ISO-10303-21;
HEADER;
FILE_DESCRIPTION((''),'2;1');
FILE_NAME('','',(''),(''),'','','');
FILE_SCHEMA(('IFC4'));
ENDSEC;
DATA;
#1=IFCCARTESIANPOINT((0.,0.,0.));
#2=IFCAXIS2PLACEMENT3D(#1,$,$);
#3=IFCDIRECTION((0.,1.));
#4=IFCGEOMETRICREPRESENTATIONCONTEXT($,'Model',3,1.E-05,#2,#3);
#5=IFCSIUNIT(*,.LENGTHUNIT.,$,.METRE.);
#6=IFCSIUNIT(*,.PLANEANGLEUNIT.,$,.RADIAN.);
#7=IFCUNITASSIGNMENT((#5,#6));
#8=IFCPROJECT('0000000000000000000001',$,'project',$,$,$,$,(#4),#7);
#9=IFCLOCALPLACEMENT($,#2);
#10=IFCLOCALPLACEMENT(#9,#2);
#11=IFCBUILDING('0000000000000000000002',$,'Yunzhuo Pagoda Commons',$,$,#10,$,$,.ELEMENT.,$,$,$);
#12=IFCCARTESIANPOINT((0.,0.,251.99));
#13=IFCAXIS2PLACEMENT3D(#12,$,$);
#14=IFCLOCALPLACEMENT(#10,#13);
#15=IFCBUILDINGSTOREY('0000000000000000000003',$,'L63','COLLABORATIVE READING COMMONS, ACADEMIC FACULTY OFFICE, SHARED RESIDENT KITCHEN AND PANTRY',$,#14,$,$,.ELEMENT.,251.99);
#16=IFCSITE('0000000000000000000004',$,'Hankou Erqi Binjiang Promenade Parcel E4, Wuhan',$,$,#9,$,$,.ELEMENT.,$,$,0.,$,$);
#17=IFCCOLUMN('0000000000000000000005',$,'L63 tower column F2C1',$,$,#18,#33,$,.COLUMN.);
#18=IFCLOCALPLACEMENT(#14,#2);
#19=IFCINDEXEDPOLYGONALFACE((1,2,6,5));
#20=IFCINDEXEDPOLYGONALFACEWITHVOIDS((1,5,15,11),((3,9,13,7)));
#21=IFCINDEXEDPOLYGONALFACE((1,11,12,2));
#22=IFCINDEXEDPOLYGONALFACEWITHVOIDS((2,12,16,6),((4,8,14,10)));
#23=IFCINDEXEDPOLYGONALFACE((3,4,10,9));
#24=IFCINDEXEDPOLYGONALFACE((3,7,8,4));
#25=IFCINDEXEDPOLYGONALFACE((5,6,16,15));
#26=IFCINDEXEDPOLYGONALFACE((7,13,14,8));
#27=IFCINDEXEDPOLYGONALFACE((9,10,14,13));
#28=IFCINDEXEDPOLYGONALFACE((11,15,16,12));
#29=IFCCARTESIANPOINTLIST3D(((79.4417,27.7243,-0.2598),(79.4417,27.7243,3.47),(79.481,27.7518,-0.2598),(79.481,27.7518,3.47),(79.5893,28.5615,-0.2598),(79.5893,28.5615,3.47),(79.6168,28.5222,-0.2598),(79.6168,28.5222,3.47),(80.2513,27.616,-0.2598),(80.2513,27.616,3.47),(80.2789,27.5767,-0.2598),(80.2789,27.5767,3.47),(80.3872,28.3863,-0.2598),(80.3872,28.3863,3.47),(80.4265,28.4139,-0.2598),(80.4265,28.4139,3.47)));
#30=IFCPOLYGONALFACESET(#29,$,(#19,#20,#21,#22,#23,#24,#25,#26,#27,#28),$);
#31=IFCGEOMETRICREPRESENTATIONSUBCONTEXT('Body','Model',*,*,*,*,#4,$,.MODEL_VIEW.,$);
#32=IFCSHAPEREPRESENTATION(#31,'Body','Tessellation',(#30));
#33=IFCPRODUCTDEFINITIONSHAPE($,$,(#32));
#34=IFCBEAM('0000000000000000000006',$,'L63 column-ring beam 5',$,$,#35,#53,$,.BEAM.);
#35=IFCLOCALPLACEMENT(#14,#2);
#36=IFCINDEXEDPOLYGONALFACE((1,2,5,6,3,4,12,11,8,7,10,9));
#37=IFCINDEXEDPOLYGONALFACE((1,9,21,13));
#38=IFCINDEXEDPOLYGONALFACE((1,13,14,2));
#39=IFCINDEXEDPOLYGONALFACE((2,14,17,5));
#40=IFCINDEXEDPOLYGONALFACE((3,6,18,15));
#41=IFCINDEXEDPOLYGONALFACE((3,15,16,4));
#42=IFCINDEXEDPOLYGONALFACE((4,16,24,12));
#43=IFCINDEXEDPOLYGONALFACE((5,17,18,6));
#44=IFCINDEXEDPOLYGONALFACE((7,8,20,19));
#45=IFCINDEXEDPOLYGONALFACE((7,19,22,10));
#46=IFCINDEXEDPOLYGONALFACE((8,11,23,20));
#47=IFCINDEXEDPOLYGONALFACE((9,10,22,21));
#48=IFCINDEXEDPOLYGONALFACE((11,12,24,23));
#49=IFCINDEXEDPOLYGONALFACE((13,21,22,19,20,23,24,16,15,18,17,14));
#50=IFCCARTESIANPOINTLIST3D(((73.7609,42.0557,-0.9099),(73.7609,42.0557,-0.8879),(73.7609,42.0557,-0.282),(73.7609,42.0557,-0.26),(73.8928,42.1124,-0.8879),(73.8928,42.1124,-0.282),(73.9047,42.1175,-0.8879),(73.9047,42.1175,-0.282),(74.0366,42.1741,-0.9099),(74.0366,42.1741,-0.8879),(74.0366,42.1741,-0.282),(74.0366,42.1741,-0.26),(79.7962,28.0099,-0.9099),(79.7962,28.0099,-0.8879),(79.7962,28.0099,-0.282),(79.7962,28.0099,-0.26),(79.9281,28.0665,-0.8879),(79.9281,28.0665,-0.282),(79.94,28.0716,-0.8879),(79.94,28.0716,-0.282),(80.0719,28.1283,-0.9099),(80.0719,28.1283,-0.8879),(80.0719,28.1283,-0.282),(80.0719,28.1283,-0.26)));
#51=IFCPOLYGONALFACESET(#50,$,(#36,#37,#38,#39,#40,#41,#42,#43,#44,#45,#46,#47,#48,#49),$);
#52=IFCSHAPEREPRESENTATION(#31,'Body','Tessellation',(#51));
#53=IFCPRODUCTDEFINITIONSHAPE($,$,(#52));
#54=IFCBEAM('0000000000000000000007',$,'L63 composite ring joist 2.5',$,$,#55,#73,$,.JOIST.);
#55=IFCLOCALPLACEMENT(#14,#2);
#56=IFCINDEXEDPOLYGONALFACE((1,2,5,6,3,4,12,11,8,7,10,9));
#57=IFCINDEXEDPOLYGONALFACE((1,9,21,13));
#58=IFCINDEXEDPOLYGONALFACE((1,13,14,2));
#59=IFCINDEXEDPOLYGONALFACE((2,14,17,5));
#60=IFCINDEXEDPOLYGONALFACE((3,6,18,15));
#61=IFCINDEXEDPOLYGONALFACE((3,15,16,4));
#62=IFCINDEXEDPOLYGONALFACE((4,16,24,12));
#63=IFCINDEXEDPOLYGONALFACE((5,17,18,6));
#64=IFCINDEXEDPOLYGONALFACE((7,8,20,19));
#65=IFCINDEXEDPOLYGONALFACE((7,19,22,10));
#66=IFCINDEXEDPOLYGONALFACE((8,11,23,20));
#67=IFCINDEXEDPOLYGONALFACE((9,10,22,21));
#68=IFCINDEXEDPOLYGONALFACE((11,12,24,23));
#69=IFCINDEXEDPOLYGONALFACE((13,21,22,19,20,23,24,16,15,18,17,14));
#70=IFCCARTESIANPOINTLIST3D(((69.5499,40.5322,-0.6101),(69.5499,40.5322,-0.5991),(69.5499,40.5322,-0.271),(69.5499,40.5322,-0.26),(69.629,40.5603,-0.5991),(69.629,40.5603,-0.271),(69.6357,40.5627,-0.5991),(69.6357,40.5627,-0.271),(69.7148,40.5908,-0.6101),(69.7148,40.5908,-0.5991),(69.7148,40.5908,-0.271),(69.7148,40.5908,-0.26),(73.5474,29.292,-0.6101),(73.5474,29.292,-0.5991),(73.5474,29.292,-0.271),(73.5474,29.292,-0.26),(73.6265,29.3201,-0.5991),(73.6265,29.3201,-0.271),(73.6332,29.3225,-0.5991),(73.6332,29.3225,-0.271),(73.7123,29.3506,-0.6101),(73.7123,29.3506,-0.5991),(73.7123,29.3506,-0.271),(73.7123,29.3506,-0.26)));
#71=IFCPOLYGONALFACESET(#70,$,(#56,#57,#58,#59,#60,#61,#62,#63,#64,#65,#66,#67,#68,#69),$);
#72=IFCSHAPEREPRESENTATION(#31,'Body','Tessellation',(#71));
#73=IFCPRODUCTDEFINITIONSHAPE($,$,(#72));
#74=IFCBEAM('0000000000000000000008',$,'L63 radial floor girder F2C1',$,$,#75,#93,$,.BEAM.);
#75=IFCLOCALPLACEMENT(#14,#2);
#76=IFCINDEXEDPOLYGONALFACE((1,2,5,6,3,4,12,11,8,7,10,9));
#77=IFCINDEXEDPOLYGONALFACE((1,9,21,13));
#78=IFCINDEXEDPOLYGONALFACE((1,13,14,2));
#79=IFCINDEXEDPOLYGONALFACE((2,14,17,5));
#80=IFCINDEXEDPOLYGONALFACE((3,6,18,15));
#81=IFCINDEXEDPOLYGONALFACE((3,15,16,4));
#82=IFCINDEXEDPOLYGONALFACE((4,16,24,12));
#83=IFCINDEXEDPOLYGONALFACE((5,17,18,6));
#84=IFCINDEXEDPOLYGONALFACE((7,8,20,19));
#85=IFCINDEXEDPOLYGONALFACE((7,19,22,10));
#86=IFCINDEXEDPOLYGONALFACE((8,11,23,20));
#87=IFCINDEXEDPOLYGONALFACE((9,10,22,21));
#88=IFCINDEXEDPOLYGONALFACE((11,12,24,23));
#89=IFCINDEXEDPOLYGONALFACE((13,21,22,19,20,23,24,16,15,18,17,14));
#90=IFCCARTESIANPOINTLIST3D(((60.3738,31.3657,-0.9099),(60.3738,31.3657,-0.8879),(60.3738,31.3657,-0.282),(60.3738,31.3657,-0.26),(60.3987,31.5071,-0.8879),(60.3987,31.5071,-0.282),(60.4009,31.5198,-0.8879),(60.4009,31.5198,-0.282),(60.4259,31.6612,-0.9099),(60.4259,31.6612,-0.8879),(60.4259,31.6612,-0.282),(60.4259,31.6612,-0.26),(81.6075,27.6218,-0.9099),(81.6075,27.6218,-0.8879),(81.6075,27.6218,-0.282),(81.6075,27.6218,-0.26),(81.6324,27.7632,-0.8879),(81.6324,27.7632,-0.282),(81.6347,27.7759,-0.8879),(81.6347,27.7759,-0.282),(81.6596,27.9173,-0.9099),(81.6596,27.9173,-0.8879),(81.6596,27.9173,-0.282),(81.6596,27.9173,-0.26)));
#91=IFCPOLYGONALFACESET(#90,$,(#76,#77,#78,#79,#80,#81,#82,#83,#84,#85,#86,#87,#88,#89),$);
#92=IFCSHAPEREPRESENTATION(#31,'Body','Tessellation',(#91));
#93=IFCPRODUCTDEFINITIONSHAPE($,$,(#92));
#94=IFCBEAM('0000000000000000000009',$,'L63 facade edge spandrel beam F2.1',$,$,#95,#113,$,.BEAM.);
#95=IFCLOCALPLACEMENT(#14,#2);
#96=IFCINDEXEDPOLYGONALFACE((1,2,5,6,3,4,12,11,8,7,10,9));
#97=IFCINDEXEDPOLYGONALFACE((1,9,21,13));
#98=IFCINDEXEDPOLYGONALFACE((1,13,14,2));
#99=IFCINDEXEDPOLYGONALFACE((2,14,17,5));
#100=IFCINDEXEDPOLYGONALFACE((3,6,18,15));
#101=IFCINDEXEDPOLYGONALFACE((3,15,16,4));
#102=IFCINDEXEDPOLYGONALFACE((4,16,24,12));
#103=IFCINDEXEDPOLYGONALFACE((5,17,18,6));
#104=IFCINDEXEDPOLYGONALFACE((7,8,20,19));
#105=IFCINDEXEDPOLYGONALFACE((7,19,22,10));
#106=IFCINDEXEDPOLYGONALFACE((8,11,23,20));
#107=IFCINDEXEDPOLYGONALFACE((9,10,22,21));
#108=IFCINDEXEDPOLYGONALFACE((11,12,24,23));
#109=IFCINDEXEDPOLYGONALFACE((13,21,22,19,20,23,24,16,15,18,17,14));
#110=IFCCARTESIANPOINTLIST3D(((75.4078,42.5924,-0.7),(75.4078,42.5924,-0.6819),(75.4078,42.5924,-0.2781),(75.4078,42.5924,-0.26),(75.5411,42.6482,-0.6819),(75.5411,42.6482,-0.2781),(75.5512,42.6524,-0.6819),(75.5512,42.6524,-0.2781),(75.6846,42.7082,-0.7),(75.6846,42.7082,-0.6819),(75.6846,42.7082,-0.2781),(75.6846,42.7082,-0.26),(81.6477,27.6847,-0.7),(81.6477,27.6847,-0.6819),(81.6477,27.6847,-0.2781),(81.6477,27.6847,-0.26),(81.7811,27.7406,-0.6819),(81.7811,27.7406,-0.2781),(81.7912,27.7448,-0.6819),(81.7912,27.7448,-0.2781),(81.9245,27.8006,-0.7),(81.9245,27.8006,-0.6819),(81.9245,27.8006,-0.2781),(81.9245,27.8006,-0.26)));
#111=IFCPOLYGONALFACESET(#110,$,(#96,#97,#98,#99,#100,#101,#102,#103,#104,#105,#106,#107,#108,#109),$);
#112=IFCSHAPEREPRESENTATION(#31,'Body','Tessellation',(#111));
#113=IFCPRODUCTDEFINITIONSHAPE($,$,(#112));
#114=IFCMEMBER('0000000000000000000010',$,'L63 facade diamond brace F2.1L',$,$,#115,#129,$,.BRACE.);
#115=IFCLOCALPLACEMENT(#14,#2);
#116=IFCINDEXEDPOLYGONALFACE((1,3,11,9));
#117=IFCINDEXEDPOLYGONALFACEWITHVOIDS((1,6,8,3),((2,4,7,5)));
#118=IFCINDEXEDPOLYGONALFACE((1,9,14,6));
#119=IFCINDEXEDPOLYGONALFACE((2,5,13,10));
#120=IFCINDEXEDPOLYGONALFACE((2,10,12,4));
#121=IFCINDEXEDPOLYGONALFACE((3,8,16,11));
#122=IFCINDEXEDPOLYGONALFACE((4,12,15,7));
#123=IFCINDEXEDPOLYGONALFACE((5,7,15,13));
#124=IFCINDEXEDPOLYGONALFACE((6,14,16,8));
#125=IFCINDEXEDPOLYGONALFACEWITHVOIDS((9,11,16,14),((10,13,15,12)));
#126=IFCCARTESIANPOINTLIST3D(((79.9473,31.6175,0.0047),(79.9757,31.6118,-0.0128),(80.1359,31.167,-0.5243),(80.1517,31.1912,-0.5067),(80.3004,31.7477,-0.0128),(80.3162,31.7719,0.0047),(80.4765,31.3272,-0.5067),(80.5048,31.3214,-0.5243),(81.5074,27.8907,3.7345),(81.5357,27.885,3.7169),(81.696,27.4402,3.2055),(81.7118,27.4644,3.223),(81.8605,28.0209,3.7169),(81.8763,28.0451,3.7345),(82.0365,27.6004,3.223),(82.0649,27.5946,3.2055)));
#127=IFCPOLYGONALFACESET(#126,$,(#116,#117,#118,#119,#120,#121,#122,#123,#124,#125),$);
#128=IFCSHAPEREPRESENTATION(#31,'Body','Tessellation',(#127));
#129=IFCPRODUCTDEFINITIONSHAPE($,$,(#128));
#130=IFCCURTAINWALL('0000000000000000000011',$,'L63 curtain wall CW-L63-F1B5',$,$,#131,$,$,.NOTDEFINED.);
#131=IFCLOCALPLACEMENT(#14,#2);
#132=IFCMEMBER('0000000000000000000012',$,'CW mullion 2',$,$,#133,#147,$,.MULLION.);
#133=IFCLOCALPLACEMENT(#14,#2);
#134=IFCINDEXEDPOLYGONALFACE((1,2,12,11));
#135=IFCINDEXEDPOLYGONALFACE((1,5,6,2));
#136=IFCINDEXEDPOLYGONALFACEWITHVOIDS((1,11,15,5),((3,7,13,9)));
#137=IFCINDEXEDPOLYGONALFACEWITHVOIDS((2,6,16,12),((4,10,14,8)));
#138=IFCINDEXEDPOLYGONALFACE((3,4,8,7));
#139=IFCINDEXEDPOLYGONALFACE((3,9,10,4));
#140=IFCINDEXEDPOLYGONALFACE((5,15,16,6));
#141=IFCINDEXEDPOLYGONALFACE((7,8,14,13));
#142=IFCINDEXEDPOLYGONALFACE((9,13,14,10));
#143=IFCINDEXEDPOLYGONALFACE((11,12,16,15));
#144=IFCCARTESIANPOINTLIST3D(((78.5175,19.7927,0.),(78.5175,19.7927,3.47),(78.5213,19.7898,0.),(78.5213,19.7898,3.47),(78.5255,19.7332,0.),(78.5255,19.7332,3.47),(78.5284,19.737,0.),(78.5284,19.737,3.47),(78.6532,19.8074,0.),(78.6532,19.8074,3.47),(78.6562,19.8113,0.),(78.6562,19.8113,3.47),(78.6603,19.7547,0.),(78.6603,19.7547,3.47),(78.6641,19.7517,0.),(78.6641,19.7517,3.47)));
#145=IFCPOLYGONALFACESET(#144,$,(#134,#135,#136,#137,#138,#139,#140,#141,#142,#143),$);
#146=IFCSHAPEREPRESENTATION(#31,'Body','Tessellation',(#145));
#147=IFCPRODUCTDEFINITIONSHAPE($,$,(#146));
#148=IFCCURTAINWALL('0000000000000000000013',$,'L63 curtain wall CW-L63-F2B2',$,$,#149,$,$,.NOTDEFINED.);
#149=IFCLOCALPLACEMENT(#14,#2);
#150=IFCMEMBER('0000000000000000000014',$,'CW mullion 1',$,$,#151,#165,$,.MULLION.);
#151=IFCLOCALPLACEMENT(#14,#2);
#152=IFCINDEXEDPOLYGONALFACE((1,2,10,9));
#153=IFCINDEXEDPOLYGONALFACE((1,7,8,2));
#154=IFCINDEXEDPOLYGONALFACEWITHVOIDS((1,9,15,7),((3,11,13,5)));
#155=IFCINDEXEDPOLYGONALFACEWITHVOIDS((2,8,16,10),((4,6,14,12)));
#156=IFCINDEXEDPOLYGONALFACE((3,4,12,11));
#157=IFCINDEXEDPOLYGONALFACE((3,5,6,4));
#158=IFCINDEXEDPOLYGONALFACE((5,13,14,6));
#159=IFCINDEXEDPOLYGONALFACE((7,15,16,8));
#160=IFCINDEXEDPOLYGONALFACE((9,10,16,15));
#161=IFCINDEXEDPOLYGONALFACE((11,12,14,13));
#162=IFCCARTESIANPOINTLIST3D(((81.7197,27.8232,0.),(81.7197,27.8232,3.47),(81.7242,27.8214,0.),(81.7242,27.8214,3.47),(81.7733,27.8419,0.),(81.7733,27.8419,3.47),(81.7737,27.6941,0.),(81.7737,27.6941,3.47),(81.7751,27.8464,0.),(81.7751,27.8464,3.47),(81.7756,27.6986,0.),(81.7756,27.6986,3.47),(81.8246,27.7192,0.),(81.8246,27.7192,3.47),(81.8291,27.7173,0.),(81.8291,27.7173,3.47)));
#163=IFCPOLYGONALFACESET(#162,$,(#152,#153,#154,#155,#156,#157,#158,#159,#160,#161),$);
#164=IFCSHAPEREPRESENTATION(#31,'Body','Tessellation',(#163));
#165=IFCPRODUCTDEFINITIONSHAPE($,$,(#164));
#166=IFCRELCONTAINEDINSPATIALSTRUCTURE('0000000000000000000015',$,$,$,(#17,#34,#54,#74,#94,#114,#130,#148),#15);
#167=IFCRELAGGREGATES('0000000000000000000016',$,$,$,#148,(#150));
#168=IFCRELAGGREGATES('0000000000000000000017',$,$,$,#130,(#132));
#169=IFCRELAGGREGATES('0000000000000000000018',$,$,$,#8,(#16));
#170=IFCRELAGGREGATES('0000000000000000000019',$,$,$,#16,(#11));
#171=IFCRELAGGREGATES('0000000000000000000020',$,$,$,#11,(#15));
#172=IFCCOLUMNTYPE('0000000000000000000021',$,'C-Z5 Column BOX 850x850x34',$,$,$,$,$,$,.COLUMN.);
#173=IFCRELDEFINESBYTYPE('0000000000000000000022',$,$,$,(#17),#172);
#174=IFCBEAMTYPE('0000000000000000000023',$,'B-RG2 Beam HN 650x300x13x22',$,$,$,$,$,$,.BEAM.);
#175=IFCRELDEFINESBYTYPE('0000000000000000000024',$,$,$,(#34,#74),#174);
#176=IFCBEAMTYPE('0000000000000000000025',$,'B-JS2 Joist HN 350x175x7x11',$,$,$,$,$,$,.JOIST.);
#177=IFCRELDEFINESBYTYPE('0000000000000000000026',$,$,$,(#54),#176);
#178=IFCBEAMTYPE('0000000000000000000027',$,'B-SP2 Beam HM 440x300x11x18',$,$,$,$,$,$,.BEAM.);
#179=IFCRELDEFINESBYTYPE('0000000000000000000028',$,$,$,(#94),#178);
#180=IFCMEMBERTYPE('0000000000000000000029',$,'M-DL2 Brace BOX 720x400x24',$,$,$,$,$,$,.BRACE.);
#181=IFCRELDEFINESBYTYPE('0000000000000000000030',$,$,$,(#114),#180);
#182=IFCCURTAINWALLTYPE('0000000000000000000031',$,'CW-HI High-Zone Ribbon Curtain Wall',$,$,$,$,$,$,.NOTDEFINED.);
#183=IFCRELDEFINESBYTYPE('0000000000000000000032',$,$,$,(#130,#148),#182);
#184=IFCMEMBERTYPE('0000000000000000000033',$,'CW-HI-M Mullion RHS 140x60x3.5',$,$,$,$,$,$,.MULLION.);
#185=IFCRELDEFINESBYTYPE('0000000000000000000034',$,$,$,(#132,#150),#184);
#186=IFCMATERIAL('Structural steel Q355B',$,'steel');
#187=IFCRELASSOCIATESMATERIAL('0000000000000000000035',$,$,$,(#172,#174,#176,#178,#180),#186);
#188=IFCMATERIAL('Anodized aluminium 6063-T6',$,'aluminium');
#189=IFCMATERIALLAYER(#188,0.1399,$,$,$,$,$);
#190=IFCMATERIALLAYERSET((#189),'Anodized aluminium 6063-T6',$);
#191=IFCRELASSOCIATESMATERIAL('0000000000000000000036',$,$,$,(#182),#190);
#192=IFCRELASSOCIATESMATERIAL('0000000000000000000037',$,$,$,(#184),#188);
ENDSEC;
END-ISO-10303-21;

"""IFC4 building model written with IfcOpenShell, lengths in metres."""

from ifc_helpers import new_model, si_unit, direction, frame, origin, origin_2d, place, context, subcontext, project, spatial, hollow_rectangle, i_section, extrude, source, transform, mapped, material, layer, layer_set, material_profile, profile_set, type_object, element, aggregate, save


model = new_model("IFC4")

# Units and contexts
model_context = context("Model", 3, precision=1e-05, world=origin(), true_north=direction((0.0, 1.0)))
body_context = subcontext(model_context, "Body", "Model", "MODEL_VIEW")
ifc_project = project(units=[si_unit("LENGTHUNIT", "METRE"), si_unit("PLANEANGLEUNIT", "RADIAN")], contexts=[model_context])

# Site, building, storey
site_placement = place(None, origin())
site = spatial("IfcSite", under=ifc_project, at=site_placement, Name="Hankou Erqi Binjiang Promenade Parcel E4, Wuhan", CompositionType="ELEMENT", RefElevation=0.0)
building_placement = place(site_placement, origin())
building = spatial("IfcBuilding", under=site, at=building_placement, Name="Yunzhuo Pagoda Commons", CompositionType="ELEMENT")
storey_placement = place(building_placement, frame((0.0, 0.0, 251.99)))
storey = spatial("IfcBuildingStorey", under=building, at=storey_placement, Name="L63", Description="COLLABORATIVE READING COMMONS, ACADEMIC FACULTY OFFICE, SHARED RESIDENT KITCHEN AND PANTRY", CompositionType="ELEMENT", Elevation=251.99)

# Column
ifc_material_1 = material(Name="Structural steel Q355B", Category="steel")
ifc_material_profile_1 = material_profile(ifc_material_1, hollow_rectangle(XDim=0.8501, YDim=0.8501, WallThickness=0.0339, at=origin_2d()), Name="Structural steel Q355B")
ifc_profile_set_1 = profile_set([ifc_material_profile_1], Name="Structural steel Q355B")
column_type = type_object("IfcColumnType", Name="C-Z5 Column BOX 850x850x34", PredefinedType="COLUMN", material=ifc_profile_set_1)
shared_shape_1 = source(origin(), body_context, "Body", "SweptSolid", [
    extrude(hollow_rectangle(XDim=0.8501, YDim=0.8501, WallThickness=0.0339, at=origin_2d()), origin(), (0.0, 0.0, 1.0), 3.7297),
])
column_placement = place(storey_placement, frame((79.9341, 28.0691, -0.2598), z_axis=(0.0, 0.0, 1.0), x_axis=(0.173648, 0.984808, 0.0)))
element("IfcColumn", 1, at=column_placement, inside=storey, type_object=column_type, Name="L63 tower column F2C1", PredefinedType="COLUMN", context=body_context, shape_type="MappedRepresentation", body=[
    mapped(shared_shape_1, transform((0.0, 0.0, 0.0), scale=1.0)),
])

# Beams
ifc_material_profile_2 = material_profile(ifc_material_1, i_section(OverallWidth=0.3, OverallDepth=0.6499, WebThickness=0.0129, FlangeThickness=0.022, at=origin_2d()), Name="Structural steel Q355B")
ifc_profile_set_2 = profile_set([ifc_material_profile_2], Name="Structural steel Q355B")
beam_type_1 = type_object("IfcBeamType", Name="B-RG2 Beam HN 650x300x13x22", PredefinedType="BEAM", material=ifc_profile_set_2)
shared_shape_2 = source(origin(), body_context, "Body", "SweptSolid", [
    extrude(i_section(OverallWidth=0.3, OverallDepth=0.6499, WebThickness=0.0129, FlangeThickness=0.022, at=origin_2d()), origin(), (0.0, 0.0, 1.0), 15.2876),
])
beam_1_placement = place(storey_placement, frame((79.9341, 28.0691, -0.585), z_axis=(-0.394788, 0.918772, 0.0), x_axis=(-0.918772, -0.394788, 0.0)))
element("IfcBeam", 2, at=beam_1_placement, inside=storey, type_object=beam_type_1, Name="L63 column-ring beam 5", PredefinedType="BEAM", context=body_context, shape_type="MappedRepresentation", body=[
    mapped(shared_shape_2, transform((0.0, 0.0, 0.0), scale=1.0)),
])
ifc_material_profile_3 = material_profile(ifc_material_1, i_section(OverallWidth=0.175, OverallDepth=0.3501, WebThickness=0.0071, FlangeThickness=0.011, at=origin_2d()), Name="Structural steel Q355B")
ifc_profile_set_3 = profile_set([ifc_material_profile_3], Name="Structural steel Q355B")
beam_type_2 = type_object("IfcBeamType", Name="B-JS2 Joist HN 350x175x7x11", PredefinedType="JOIST", material=ifc_profile_set_3)
shared_shape_3 = source(origin(), body_context, "Body", "SweptSolid", [
    extrude(i_section(OverallWidth=0.175, OverallDepth=0.3501, WebThickness=0.0071, FlangeThickness=0.011, at=origin_2d()), origin(), (0.0, 0.0, 1.0), 11.9299),
])
beam_2_placement = place(storey_placement, frame((73.6299, 29.3213, -0.4351), z_axis=(-0.335086, 0.942187, 0.0), x_axis=(-0.942187, -0.335086, 0.0)))
element("IfcBeam", 3, at=beam_2_placement, inside=storey, type_object=beam_type_2, Name="L63 composite ring joist 2.5", PredefinedType="JOIST", context=body_context, shape_type="MappedRepresentation", body=[
    mapped(shared_shape_3, transform((0.0, 0.0, 0.0), scale=1.0)),
])
shared_shape_4 = source(origin(), body_context, "Body", "SweptSolid", [
    extrude(i_section(OverallWidth=0.3, OverallDepth=0.6499, WebThickness=0.0129, FlangeThickness=0.022, at=origin_2d()), origin(), (0.0, 0.0, 1.0), 21.5613),
])
beam_3_placement = place(storey_placement, frame((81.6335, 27.7695, -0.585), z_axis=(-0.984809, 0.173641, 0.0), x_axis=(-0.173641, -0.984809, 0.0)))
element("IfcBeam", 4, at=beam_3_placement, inside=storey, type_object=beam_type_1, Name="L63 radial floor girder F2C1", PredefinedType="BEAM", context=body_context, shape_type="MappedRepresentation", body=[
    mapped(shared_shape_4, transform((0.0, 0.0, 0.0), scale=1.0)),
])
ifc_material_profile_4 = material_profile(ifc_material_1, i_section(OverallWidth=0.3, OverallDepth=0.4399, WebThickness=0.011, FlangeThickness=0.0181, at=origin_2d()), Name="Structural steel Q355B")
ifc_profile_set_4 = profile_set([ifc_material_profile_4], Name="Structural steel Q355B")
beam_type_3 = type_object("IfcBeamType", Name="B-SP2 Beam HM 440x300x11x18", PredefinedType="BEAM", material=ifc_profile_set_4)
shared_shape_5 = source(origin(), body_context, "Body", "SweptSolid", [
    extrude(i_section(OverallWidth=0.3, OverallDepth=0.4399, WebThickness=0.011, FlangeThickness=0.0181, at=origin_2d()), origin(), (0.0, 0.0, 1.0), 16.1609),
])
beam_4_placement = place(storey_placement, frame((81.7861, 27.7427, -0.48), z_axis=(-0.386114, 0.922451, 0.0), x_axis=(-0.922451, -0.386114, 0.0)))
element("IfcBeam", 5, at=beam_4_placement, inside=storey, type_object=beam_type_3, Name="L63 facade edge spandrel beam F2.1", PredefinedType="BEAM", context=body_context, shape_type="MappedRepresentation", body=[
    mapped(shared_shape_5, transform((0.0, 0.0, 0.0), scale=1.0)),
])

# Member
ifc_material_profile_5 = material_profile(ifc_material_1, hollow_rectangle(XDim=0.3999, YDim=0.72, WallThickness=0.0239, at=origin_2d()), Name="Structural steel Q355B")
ifc_profile_set_5 = profile_set([ifc_material_profile_5], Name="Structural steel Q355B")
member_type_1 = type_object("IfcMemberType", Name="M-DL2 Brace BOX 720x400x24", PredefinedType="BRACE", material=ifc_profile_set_5)
shared_shape_6 = source(origin(), body_context, "Body", "SweptSolid", [
    extrude(hollow_rectangle(XDim=0.3999, YDim=0.72, WallThickness=0.0239, at=origin_2d()), origin(), (0.0, 0.0, 1.0), 5.4985),
])
member_1_placement = place(storey_placement, frame((80.2261, 31.4695, -0.2598), z_axis=(0.283723, -0.677783, 0.678315), x_axis=(0.922441, 0.386138, 0.0)))
element("IfcMember", 6, at=member_1_placement, inside=storey, type_object=member_type_1, Name="L63 facade diamond brace F2.1L", PredefinedType="BRACE", context=body_context, shape_type="MappedRepresentation", body=[
    mapped(shared_shape_6, transform((0.0, 0.0, 0.0), scale=1.0)),
])

# Curtain walls, members
ifc_material_2 = material(Name="Anodized aluminium 6063-T6", Category="aluminium")
ifc_layer_1 = layer(ifc_material_2, 0.1399)
ifc_layer_set_1 = layer_set([ifc_layer_1], Name="Anodized aluminium 6063-T6")
curtain_wall_type = type_object("IfcCurtainWallType", Name="CW-HI High-Zone Ribbon Curtain Wall", PredefinedType="NOTDEFINED", material=ifc_layer_set_1)
curtain_wall_1_placement = place(storey_placement, origin())
curtain_wall_1 = element("IfcCurtainWall", 7, at=curtain_wall_1_placement, inside=storey, type_object=curtain_wall_type, Name="L63 curtain wall CW-L63-F1B5", PredefinedType="NOTDEFINED")
ifc_material_profile_6 = material_profile(ifc_material_2, hollow_rectangle(XDim=0.0601, YDim=0.1399, WallThickness=0.0034, at=origin_2d()), Name="Anodized aluminium 6063-T6")
ifc_profile_set_6 = profile_set([ifc_material_profile_6], Name="Anodized aluminium 6063-T6")
member_type_2 = type_object("IfcMemberType", Name="CW-HI-M Mullion RHS 140x60x3.5", PredefinedType="MULLION", material=ifc_profile_set_6)
shared_shape_7 = source(origin(), body_context, "Body", "SweptSolid", [
    extrude(hollow_rectangle(XDim=0.0601, YDim=0.1399, WallThickness=0.0034, at=origin_2d()), origin(), (0.0, 0.0, 1.0), 3.47),
])
member_2_placement = place(storey_placement, frame((78.5908, 19.7722, 0.0), z_axis=(0.0, 0.0, 1.0), x_axis=(-0.132664, 0.991161, 0.0)))
member_2 = element("IfcMember", 8, at=member_2_placement, type_object=member_type_2, Name="CW mullion 2", PredefinedType="MULLION", context=body_context, shape_type="MappedRepresentation", body=[
    mapped(shared_shape_7, transform((0.0, 0.0, 0.0), scale=1.0)),
])
curtain_wall_2_placement = place(storey_placement, origin())
curtain_wall_2 = element("IfcCurtainWall", 9, at=curtain_wall_2_placement, inside=storey, type_object=curtain_wall_type, Name="L63 curtain wall CW-L63-F2B2", PredefinedType="NOTDEFINED")
member_3_placement = place(storey_placement, frame((81.7744, 27.7703, 0.0), z_axis=(0.0, 0.0, 1.0), x_axis=(-0.922451, -0.386115, 0.0)))
member_3 = element("IfcMember", 10, at=member_3_placement, type_object=member_type_2, Name="CW mullion 1", PredefinedType="MULLION", context=body_context, shape_type="MappedRepresentation", body=[
    mapped(shared_shape_7, transform((0.0, 0.0, 0.0), scale=1.0)),
])

aggregate(curtain_wall_2, [member_3])
aggregate(curtain_wall_1, [member_2])

save(model, "model.ifc")
